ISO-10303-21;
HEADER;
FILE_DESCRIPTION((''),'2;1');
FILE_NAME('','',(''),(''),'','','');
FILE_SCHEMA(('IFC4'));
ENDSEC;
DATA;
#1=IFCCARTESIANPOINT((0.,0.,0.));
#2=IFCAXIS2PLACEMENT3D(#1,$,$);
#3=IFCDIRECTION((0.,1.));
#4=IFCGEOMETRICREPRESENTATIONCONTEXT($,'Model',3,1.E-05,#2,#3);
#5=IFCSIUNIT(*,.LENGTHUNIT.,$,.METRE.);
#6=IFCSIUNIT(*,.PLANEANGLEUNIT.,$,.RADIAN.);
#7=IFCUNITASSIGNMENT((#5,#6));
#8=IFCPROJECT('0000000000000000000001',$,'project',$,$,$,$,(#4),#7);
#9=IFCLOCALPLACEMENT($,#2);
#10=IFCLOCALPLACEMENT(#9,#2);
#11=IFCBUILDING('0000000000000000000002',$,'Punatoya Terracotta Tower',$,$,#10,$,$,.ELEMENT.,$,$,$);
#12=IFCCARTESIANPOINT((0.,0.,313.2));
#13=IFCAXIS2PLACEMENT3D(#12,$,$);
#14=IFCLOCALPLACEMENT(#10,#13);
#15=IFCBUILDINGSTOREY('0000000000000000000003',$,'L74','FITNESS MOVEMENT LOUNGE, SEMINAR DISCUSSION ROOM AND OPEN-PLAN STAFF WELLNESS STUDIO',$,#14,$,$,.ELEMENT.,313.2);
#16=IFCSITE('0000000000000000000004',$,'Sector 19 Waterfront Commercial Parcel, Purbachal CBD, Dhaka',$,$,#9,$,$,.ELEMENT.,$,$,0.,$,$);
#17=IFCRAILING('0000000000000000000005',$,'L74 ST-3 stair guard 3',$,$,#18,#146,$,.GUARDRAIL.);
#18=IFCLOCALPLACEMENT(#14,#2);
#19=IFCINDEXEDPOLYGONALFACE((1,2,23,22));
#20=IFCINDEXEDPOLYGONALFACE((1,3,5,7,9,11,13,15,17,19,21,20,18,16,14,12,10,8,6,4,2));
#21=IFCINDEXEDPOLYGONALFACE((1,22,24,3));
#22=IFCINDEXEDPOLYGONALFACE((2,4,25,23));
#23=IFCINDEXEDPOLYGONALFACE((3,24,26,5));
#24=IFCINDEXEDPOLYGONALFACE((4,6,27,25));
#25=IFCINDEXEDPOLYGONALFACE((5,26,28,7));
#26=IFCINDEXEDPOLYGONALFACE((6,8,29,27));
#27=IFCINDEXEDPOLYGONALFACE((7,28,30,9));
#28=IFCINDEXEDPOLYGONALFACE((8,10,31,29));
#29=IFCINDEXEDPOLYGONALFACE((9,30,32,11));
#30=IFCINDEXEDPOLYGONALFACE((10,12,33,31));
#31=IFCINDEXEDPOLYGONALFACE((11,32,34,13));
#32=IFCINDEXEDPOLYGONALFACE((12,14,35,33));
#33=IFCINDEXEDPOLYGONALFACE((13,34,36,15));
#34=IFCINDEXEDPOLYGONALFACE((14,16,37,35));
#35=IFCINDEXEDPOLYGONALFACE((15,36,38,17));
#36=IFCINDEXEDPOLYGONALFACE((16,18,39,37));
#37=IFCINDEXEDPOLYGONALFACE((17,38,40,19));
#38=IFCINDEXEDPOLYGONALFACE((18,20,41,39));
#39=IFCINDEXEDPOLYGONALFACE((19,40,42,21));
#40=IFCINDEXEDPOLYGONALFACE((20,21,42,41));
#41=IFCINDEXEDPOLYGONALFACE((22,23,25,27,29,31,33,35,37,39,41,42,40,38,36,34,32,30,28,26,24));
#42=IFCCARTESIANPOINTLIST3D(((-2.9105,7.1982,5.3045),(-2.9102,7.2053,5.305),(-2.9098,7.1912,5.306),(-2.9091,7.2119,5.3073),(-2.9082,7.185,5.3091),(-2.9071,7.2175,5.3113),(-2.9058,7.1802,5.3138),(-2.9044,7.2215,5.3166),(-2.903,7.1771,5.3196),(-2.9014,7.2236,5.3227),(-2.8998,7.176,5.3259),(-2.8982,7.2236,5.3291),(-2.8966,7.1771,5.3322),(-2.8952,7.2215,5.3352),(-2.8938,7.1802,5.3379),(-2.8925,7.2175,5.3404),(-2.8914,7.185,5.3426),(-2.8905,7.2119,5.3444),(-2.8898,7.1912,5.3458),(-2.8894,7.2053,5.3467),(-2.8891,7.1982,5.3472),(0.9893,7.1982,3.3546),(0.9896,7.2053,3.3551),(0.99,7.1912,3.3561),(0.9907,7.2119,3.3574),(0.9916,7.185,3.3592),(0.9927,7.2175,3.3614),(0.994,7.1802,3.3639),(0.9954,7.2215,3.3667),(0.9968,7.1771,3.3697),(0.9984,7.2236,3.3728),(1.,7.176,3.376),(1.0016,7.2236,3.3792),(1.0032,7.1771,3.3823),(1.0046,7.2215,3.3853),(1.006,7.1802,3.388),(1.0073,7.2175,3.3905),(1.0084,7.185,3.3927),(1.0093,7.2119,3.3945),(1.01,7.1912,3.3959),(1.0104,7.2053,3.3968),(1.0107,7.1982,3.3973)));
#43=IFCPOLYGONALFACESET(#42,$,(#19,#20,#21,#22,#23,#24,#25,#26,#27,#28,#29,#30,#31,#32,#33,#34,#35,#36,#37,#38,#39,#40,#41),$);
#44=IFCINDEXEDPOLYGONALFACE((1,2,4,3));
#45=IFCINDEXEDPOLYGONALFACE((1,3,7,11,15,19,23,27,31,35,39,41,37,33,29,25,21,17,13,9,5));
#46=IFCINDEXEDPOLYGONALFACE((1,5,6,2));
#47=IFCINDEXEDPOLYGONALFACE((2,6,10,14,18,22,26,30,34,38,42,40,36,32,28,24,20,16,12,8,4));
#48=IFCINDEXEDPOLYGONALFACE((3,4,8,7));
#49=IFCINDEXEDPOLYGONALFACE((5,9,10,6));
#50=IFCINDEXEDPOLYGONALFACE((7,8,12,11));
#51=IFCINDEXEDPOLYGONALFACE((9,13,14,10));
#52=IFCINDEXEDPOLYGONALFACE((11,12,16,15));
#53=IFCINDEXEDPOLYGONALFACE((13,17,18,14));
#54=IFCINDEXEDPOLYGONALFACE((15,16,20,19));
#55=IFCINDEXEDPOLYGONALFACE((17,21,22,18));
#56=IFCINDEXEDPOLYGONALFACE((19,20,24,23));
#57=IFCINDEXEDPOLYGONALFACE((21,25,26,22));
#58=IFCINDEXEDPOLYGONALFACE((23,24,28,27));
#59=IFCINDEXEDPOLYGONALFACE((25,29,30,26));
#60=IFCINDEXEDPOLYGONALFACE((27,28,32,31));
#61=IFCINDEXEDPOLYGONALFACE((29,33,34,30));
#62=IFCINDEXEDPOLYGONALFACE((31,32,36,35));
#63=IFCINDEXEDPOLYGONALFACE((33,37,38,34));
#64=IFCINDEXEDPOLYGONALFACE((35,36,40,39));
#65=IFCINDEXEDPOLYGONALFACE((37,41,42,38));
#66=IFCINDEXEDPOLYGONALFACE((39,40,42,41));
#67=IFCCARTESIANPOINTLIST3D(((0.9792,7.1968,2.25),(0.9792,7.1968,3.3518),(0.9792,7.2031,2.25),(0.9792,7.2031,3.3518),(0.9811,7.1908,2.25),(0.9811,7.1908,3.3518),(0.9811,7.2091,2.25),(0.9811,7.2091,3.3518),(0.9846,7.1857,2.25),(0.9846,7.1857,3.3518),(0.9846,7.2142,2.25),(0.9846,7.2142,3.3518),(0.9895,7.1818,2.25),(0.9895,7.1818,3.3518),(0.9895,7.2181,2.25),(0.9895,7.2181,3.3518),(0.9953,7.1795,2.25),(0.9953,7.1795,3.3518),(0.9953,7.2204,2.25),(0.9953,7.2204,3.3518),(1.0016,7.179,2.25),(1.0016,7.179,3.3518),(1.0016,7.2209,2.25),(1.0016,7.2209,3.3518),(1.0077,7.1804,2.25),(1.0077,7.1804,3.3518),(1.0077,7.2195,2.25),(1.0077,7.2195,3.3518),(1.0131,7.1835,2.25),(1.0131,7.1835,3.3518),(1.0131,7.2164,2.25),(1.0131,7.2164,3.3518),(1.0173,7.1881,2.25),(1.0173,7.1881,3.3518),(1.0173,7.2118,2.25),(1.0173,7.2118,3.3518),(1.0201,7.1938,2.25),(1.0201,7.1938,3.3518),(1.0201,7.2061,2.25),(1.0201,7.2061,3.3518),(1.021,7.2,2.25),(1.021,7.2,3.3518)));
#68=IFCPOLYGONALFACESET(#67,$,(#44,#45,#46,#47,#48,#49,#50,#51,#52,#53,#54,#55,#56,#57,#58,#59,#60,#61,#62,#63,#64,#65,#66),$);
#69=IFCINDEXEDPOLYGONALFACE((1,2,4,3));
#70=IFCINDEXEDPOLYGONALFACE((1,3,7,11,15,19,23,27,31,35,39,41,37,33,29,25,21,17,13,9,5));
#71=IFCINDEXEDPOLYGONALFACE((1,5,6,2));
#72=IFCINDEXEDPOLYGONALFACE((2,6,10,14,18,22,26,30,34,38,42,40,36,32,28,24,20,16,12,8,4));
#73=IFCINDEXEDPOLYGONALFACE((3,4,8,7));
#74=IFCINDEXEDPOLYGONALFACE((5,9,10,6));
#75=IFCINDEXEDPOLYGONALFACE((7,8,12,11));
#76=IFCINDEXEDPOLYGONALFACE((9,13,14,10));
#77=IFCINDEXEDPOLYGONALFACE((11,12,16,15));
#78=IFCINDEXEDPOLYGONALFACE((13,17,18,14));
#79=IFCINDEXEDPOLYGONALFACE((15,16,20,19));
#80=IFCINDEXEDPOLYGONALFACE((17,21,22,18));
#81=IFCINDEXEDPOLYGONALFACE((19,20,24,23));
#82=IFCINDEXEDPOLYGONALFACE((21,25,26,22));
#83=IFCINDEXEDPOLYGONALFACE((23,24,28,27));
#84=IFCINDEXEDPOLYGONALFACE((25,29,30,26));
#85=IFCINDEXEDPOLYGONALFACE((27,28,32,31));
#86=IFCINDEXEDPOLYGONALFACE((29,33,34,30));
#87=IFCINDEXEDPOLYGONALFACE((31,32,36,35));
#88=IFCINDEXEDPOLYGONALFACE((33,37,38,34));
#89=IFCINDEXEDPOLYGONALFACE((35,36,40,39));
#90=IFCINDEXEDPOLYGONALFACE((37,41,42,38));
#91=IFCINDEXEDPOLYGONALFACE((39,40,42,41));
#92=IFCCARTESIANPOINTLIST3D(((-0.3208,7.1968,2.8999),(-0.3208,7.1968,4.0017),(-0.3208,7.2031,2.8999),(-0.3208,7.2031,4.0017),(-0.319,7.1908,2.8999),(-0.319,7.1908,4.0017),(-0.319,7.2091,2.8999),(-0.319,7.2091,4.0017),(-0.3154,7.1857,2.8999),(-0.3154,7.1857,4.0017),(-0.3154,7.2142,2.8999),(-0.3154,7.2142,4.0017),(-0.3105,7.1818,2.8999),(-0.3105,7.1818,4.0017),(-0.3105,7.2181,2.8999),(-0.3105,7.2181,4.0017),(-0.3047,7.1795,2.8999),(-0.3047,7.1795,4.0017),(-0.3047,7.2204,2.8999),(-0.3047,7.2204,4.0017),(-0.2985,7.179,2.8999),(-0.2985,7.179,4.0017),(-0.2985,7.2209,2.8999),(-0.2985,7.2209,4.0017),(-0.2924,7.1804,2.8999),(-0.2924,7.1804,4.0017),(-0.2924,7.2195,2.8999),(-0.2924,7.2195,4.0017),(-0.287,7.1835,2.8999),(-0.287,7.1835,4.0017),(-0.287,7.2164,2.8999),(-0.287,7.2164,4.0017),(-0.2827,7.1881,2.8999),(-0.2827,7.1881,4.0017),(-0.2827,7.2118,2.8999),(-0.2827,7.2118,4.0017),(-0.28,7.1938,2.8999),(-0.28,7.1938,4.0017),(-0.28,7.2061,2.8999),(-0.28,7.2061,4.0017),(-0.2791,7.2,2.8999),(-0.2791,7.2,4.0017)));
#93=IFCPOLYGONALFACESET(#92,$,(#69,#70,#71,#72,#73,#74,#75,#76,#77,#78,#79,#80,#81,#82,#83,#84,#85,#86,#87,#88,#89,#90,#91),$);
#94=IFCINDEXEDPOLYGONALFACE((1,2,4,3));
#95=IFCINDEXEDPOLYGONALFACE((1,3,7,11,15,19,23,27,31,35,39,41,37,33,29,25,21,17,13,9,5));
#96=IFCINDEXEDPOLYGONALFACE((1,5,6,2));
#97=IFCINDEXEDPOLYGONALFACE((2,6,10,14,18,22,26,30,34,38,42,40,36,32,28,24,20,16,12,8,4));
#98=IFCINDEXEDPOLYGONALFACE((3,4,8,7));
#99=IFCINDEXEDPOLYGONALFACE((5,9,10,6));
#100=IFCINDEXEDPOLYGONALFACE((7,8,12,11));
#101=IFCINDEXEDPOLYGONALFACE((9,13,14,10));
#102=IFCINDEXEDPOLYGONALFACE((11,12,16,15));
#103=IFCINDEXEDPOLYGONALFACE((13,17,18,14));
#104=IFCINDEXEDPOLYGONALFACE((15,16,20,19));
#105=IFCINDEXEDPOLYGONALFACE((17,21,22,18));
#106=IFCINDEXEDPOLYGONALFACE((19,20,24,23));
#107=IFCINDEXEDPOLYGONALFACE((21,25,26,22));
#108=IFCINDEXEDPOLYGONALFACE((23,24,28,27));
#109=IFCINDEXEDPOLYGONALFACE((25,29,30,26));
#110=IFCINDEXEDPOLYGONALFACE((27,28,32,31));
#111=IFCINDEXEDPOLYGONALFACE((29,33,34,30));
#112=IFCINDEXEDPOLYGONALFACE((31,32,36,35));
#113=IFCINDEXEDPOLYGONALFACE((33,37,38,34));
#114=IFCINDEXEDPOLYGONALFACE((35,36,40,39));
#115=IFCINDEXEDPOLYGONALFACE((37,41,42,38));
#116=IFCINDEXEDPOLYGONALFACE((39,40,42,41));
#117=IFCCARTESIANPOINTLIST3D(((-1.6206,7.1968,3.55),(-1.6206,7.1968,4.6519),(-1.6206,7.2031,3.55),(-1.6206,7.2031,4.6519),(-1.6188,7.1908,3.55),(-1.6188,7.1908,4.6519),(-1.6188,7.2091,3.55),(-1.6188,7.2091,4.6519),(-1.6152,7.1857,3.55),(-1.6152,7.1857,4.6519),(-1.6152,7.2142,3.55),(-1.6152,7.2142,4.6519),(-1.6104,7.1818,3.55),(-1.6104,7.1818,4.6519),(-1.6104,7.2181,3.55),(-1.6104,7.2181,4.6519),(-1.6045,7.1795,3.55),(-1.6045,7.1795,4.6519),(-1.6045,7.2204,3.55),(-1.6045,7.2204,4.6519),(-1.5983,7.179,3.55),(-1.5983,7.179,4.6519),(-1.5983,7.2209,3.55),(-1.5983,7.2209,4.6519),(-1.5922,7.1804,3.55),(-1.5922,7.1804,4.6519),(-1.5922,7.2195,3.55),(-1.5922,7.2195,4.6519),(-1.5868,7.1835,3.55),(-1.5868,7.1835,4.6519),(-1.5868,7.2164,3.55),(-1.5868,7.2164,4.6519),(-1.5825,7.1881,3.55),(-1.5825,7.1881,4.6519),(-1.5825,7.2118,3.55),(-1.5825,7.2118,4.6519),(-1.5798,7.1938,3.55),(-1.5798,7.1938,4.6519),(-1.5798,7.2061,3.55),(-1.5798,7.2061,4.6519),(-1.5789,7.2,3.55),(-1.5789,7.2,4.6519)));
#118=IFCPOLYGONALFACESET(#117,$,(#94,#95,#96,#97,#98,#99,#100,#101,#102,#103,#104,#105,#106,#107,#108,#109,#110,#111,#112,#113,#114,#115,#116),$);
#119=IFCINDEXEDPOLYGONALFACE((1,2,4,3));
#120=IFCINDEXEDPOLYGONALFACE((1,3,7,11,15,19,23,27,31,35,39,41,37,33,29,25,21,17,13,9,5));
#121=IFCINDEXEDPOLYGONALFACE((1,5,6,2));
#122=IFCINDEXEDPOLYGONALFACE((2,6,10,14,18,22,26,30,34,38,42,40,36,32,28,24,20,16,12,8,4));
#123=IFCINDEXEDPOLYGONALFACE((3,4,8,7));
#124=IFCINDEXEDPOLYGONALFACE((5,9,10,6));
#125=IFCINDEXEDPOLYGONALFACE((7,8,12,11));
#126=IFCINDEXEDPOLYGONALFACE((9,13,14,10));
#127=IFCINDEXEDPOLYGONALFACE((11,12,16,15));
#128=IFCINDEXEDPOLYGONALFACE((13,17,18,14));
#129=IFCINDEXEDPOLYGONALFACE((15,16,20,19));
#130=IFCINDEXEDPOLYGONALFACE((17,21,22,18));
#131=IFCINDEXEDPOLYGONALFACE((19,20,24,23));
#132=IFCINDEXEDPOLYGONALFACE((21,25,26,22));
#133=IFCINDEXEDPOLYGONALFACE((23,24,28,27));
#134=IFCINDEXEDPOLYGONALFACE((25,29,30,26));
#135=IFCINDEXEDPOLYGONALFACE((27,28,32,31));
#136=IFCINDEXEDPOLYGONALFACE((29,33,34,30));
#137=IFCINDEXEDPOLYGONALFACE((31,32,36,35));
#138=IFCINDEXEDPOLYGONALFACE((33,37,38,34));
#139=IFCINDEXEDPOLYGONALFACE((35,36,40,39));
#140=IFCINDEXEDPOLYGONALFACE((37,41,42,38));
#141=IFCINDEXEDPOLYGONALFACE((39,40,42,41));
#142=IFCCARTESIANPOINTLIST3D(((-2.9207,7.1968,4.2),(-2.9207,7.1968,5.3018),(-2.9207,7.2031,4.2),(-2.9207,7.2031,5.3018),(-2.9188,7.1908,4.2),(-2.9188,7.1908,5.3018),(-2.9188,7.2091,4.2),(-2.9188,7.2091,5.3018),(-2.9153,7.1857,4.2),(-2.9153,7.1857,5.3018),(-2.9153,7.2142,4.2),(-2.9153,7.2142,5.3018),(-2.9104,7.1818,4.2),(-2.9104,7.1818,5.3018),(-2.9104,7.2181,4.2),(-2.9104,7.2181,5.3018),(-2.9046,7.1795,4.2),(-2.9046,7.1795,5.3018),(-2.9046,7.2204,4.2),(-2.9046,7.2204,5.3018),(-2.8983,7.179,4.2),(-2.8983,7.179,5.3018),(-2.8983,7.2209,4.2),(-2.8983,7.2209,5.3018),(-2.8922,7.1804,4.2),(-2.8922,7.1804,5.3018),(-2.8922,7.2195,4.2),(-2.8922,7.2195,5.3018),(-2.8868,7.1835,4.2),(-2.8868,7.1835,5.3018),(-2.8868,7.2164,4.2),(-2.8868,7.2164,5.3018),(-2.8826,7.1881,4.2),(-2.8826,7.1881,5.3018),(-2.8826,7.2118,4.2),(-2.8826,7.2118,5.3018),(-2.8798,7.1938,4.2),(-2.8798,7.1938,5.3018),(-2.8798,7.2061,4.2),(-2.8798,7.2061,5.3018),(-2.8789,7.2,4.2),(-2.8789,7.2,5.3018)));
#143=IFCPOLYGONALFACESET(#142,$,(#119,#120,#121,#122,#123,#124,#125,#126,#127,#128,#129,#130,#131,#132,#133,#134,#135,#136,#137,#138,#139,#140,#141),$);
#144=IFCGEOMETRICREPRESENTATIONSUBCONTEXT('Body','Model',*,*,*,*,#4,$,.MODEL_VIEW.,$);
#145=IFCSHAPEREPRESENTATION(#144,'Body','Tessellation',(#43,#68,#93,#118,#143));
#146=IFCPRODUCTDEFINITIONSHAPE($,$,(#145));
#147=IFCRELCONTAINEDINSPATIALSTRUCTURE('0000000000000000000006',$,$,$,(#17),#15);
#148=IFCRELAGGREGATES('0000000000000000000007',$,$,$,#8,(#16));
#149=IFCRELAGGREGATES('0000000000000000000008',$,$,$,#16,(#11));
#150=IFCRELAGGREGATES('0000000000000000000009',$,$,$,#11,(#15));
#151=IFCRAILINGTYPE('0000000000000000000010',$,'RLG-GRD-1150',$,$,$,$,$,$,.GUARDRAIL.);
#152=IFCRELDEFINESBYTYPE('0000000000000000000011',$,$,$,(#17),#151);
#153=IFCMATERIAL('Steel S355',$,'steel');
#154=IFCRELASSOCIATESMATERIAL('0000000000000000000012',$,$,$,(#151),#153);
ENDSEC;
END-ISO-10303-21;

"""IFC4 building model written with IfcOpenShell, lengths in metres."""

from ifc_helpers import new_model, si_unit, direction, frame, origin, origin_2d, place, context, subcontext, project, spatial, circle, extrude, material, type_object, element, save


model = new_model("IFC4")

# Units and contexts
model_context = context("Model", 3, precision=1e-05, world=origin(), true_north=direction((0.0, 1.0)))
body_context = subcontext(model_context, "Body", "Model", "MODEL_VIEW")
ifc_project = project(units=[si_unit("LENGTHUNIT", "METRE"), si_unit("PLANEANGLEUNIT", "RADIAN")], contexts=[model_context])

# Site, building, storey
site_placement = place(None, origin())
site = spatial("IfcSite", under=ifc_project, at=site_placement, Name="Sector 19 Waterfront Commercial Parcel, Purbachal CBD, Dhaka", CompositionType="ELEMENT", RefElevation=0.0)
building_placement = place(site_placement, origin())
building = spatial("IfcBuilding", under=site, at=building_placement, Name="Punatoya Terracotta Tower", CompositionType="ELEMENT")
storey_placement = place(building_placement, frame((0.0, 0.0, 313.2)))
storey = spatial("IfcBuildingStorey", under=building, at=storey_placement, Name="L74", Description="FITNESS MOVEMENT LOUNGE, SEMINAR DISCUSSION ROOM AND OPEN-PLAN STAFF WELLNESS STUDIO", CompositionType="ELEMENT", Elevation=313.2)

# Shared definitions
ifc_material_1 = material(Name="Steel S355", Category="steel")

# Railing
railing_type_1 = type_object("IfcRailingType", Name="RLG-GRD-1150", PredefinedType="GUARDRAIL", material=ifc_material_1)
railing_1_placement = place(storey_placement, frame((1.0, 7.2, 2.25)))
element("IfcRailing", 1, at=railing_1_placement, inside=storey, type_object=railing_type_1, Name="L74 ST-3 stair guard 3", PredefinedType="GUARDRAIL", context=body_context, shape_type="SweptSolid", body=[
    extrude(circle(Radius=0.0239, at=origin_2d()), frame((0.0, 0.0, 1.126), z_axis=(-0.894427, 0.0, 0.447214), x_axis=(0.0, -1.0, 0.0)), (0.0, 0.0, 1.0), 4.3601),
    extrude(circle(Radius=0.021, at=origin_2d()), origin(), (0.0, 0.0, 1.0), 1.1018),
    extrude(circle(Radius=0.021, at=origin_2d()), frame((-1.3, 0.0, 0.6499)), (0.0, 0.0, 1.0), 1.1018),
    extrude(circle(Radius=0.021, at=origin_2d()), frame((-2.5999, 0.0, 1.3)), (0.0, 0.0, 1.0), 1.1018),
    extrude(circle(Radius=0.021, at=origin_2d()), frame((-3.8999, 0.0, 1.95)), (0.0, 0.0, 1.0), 1.1018),
])

save(model, "model.ifc")
